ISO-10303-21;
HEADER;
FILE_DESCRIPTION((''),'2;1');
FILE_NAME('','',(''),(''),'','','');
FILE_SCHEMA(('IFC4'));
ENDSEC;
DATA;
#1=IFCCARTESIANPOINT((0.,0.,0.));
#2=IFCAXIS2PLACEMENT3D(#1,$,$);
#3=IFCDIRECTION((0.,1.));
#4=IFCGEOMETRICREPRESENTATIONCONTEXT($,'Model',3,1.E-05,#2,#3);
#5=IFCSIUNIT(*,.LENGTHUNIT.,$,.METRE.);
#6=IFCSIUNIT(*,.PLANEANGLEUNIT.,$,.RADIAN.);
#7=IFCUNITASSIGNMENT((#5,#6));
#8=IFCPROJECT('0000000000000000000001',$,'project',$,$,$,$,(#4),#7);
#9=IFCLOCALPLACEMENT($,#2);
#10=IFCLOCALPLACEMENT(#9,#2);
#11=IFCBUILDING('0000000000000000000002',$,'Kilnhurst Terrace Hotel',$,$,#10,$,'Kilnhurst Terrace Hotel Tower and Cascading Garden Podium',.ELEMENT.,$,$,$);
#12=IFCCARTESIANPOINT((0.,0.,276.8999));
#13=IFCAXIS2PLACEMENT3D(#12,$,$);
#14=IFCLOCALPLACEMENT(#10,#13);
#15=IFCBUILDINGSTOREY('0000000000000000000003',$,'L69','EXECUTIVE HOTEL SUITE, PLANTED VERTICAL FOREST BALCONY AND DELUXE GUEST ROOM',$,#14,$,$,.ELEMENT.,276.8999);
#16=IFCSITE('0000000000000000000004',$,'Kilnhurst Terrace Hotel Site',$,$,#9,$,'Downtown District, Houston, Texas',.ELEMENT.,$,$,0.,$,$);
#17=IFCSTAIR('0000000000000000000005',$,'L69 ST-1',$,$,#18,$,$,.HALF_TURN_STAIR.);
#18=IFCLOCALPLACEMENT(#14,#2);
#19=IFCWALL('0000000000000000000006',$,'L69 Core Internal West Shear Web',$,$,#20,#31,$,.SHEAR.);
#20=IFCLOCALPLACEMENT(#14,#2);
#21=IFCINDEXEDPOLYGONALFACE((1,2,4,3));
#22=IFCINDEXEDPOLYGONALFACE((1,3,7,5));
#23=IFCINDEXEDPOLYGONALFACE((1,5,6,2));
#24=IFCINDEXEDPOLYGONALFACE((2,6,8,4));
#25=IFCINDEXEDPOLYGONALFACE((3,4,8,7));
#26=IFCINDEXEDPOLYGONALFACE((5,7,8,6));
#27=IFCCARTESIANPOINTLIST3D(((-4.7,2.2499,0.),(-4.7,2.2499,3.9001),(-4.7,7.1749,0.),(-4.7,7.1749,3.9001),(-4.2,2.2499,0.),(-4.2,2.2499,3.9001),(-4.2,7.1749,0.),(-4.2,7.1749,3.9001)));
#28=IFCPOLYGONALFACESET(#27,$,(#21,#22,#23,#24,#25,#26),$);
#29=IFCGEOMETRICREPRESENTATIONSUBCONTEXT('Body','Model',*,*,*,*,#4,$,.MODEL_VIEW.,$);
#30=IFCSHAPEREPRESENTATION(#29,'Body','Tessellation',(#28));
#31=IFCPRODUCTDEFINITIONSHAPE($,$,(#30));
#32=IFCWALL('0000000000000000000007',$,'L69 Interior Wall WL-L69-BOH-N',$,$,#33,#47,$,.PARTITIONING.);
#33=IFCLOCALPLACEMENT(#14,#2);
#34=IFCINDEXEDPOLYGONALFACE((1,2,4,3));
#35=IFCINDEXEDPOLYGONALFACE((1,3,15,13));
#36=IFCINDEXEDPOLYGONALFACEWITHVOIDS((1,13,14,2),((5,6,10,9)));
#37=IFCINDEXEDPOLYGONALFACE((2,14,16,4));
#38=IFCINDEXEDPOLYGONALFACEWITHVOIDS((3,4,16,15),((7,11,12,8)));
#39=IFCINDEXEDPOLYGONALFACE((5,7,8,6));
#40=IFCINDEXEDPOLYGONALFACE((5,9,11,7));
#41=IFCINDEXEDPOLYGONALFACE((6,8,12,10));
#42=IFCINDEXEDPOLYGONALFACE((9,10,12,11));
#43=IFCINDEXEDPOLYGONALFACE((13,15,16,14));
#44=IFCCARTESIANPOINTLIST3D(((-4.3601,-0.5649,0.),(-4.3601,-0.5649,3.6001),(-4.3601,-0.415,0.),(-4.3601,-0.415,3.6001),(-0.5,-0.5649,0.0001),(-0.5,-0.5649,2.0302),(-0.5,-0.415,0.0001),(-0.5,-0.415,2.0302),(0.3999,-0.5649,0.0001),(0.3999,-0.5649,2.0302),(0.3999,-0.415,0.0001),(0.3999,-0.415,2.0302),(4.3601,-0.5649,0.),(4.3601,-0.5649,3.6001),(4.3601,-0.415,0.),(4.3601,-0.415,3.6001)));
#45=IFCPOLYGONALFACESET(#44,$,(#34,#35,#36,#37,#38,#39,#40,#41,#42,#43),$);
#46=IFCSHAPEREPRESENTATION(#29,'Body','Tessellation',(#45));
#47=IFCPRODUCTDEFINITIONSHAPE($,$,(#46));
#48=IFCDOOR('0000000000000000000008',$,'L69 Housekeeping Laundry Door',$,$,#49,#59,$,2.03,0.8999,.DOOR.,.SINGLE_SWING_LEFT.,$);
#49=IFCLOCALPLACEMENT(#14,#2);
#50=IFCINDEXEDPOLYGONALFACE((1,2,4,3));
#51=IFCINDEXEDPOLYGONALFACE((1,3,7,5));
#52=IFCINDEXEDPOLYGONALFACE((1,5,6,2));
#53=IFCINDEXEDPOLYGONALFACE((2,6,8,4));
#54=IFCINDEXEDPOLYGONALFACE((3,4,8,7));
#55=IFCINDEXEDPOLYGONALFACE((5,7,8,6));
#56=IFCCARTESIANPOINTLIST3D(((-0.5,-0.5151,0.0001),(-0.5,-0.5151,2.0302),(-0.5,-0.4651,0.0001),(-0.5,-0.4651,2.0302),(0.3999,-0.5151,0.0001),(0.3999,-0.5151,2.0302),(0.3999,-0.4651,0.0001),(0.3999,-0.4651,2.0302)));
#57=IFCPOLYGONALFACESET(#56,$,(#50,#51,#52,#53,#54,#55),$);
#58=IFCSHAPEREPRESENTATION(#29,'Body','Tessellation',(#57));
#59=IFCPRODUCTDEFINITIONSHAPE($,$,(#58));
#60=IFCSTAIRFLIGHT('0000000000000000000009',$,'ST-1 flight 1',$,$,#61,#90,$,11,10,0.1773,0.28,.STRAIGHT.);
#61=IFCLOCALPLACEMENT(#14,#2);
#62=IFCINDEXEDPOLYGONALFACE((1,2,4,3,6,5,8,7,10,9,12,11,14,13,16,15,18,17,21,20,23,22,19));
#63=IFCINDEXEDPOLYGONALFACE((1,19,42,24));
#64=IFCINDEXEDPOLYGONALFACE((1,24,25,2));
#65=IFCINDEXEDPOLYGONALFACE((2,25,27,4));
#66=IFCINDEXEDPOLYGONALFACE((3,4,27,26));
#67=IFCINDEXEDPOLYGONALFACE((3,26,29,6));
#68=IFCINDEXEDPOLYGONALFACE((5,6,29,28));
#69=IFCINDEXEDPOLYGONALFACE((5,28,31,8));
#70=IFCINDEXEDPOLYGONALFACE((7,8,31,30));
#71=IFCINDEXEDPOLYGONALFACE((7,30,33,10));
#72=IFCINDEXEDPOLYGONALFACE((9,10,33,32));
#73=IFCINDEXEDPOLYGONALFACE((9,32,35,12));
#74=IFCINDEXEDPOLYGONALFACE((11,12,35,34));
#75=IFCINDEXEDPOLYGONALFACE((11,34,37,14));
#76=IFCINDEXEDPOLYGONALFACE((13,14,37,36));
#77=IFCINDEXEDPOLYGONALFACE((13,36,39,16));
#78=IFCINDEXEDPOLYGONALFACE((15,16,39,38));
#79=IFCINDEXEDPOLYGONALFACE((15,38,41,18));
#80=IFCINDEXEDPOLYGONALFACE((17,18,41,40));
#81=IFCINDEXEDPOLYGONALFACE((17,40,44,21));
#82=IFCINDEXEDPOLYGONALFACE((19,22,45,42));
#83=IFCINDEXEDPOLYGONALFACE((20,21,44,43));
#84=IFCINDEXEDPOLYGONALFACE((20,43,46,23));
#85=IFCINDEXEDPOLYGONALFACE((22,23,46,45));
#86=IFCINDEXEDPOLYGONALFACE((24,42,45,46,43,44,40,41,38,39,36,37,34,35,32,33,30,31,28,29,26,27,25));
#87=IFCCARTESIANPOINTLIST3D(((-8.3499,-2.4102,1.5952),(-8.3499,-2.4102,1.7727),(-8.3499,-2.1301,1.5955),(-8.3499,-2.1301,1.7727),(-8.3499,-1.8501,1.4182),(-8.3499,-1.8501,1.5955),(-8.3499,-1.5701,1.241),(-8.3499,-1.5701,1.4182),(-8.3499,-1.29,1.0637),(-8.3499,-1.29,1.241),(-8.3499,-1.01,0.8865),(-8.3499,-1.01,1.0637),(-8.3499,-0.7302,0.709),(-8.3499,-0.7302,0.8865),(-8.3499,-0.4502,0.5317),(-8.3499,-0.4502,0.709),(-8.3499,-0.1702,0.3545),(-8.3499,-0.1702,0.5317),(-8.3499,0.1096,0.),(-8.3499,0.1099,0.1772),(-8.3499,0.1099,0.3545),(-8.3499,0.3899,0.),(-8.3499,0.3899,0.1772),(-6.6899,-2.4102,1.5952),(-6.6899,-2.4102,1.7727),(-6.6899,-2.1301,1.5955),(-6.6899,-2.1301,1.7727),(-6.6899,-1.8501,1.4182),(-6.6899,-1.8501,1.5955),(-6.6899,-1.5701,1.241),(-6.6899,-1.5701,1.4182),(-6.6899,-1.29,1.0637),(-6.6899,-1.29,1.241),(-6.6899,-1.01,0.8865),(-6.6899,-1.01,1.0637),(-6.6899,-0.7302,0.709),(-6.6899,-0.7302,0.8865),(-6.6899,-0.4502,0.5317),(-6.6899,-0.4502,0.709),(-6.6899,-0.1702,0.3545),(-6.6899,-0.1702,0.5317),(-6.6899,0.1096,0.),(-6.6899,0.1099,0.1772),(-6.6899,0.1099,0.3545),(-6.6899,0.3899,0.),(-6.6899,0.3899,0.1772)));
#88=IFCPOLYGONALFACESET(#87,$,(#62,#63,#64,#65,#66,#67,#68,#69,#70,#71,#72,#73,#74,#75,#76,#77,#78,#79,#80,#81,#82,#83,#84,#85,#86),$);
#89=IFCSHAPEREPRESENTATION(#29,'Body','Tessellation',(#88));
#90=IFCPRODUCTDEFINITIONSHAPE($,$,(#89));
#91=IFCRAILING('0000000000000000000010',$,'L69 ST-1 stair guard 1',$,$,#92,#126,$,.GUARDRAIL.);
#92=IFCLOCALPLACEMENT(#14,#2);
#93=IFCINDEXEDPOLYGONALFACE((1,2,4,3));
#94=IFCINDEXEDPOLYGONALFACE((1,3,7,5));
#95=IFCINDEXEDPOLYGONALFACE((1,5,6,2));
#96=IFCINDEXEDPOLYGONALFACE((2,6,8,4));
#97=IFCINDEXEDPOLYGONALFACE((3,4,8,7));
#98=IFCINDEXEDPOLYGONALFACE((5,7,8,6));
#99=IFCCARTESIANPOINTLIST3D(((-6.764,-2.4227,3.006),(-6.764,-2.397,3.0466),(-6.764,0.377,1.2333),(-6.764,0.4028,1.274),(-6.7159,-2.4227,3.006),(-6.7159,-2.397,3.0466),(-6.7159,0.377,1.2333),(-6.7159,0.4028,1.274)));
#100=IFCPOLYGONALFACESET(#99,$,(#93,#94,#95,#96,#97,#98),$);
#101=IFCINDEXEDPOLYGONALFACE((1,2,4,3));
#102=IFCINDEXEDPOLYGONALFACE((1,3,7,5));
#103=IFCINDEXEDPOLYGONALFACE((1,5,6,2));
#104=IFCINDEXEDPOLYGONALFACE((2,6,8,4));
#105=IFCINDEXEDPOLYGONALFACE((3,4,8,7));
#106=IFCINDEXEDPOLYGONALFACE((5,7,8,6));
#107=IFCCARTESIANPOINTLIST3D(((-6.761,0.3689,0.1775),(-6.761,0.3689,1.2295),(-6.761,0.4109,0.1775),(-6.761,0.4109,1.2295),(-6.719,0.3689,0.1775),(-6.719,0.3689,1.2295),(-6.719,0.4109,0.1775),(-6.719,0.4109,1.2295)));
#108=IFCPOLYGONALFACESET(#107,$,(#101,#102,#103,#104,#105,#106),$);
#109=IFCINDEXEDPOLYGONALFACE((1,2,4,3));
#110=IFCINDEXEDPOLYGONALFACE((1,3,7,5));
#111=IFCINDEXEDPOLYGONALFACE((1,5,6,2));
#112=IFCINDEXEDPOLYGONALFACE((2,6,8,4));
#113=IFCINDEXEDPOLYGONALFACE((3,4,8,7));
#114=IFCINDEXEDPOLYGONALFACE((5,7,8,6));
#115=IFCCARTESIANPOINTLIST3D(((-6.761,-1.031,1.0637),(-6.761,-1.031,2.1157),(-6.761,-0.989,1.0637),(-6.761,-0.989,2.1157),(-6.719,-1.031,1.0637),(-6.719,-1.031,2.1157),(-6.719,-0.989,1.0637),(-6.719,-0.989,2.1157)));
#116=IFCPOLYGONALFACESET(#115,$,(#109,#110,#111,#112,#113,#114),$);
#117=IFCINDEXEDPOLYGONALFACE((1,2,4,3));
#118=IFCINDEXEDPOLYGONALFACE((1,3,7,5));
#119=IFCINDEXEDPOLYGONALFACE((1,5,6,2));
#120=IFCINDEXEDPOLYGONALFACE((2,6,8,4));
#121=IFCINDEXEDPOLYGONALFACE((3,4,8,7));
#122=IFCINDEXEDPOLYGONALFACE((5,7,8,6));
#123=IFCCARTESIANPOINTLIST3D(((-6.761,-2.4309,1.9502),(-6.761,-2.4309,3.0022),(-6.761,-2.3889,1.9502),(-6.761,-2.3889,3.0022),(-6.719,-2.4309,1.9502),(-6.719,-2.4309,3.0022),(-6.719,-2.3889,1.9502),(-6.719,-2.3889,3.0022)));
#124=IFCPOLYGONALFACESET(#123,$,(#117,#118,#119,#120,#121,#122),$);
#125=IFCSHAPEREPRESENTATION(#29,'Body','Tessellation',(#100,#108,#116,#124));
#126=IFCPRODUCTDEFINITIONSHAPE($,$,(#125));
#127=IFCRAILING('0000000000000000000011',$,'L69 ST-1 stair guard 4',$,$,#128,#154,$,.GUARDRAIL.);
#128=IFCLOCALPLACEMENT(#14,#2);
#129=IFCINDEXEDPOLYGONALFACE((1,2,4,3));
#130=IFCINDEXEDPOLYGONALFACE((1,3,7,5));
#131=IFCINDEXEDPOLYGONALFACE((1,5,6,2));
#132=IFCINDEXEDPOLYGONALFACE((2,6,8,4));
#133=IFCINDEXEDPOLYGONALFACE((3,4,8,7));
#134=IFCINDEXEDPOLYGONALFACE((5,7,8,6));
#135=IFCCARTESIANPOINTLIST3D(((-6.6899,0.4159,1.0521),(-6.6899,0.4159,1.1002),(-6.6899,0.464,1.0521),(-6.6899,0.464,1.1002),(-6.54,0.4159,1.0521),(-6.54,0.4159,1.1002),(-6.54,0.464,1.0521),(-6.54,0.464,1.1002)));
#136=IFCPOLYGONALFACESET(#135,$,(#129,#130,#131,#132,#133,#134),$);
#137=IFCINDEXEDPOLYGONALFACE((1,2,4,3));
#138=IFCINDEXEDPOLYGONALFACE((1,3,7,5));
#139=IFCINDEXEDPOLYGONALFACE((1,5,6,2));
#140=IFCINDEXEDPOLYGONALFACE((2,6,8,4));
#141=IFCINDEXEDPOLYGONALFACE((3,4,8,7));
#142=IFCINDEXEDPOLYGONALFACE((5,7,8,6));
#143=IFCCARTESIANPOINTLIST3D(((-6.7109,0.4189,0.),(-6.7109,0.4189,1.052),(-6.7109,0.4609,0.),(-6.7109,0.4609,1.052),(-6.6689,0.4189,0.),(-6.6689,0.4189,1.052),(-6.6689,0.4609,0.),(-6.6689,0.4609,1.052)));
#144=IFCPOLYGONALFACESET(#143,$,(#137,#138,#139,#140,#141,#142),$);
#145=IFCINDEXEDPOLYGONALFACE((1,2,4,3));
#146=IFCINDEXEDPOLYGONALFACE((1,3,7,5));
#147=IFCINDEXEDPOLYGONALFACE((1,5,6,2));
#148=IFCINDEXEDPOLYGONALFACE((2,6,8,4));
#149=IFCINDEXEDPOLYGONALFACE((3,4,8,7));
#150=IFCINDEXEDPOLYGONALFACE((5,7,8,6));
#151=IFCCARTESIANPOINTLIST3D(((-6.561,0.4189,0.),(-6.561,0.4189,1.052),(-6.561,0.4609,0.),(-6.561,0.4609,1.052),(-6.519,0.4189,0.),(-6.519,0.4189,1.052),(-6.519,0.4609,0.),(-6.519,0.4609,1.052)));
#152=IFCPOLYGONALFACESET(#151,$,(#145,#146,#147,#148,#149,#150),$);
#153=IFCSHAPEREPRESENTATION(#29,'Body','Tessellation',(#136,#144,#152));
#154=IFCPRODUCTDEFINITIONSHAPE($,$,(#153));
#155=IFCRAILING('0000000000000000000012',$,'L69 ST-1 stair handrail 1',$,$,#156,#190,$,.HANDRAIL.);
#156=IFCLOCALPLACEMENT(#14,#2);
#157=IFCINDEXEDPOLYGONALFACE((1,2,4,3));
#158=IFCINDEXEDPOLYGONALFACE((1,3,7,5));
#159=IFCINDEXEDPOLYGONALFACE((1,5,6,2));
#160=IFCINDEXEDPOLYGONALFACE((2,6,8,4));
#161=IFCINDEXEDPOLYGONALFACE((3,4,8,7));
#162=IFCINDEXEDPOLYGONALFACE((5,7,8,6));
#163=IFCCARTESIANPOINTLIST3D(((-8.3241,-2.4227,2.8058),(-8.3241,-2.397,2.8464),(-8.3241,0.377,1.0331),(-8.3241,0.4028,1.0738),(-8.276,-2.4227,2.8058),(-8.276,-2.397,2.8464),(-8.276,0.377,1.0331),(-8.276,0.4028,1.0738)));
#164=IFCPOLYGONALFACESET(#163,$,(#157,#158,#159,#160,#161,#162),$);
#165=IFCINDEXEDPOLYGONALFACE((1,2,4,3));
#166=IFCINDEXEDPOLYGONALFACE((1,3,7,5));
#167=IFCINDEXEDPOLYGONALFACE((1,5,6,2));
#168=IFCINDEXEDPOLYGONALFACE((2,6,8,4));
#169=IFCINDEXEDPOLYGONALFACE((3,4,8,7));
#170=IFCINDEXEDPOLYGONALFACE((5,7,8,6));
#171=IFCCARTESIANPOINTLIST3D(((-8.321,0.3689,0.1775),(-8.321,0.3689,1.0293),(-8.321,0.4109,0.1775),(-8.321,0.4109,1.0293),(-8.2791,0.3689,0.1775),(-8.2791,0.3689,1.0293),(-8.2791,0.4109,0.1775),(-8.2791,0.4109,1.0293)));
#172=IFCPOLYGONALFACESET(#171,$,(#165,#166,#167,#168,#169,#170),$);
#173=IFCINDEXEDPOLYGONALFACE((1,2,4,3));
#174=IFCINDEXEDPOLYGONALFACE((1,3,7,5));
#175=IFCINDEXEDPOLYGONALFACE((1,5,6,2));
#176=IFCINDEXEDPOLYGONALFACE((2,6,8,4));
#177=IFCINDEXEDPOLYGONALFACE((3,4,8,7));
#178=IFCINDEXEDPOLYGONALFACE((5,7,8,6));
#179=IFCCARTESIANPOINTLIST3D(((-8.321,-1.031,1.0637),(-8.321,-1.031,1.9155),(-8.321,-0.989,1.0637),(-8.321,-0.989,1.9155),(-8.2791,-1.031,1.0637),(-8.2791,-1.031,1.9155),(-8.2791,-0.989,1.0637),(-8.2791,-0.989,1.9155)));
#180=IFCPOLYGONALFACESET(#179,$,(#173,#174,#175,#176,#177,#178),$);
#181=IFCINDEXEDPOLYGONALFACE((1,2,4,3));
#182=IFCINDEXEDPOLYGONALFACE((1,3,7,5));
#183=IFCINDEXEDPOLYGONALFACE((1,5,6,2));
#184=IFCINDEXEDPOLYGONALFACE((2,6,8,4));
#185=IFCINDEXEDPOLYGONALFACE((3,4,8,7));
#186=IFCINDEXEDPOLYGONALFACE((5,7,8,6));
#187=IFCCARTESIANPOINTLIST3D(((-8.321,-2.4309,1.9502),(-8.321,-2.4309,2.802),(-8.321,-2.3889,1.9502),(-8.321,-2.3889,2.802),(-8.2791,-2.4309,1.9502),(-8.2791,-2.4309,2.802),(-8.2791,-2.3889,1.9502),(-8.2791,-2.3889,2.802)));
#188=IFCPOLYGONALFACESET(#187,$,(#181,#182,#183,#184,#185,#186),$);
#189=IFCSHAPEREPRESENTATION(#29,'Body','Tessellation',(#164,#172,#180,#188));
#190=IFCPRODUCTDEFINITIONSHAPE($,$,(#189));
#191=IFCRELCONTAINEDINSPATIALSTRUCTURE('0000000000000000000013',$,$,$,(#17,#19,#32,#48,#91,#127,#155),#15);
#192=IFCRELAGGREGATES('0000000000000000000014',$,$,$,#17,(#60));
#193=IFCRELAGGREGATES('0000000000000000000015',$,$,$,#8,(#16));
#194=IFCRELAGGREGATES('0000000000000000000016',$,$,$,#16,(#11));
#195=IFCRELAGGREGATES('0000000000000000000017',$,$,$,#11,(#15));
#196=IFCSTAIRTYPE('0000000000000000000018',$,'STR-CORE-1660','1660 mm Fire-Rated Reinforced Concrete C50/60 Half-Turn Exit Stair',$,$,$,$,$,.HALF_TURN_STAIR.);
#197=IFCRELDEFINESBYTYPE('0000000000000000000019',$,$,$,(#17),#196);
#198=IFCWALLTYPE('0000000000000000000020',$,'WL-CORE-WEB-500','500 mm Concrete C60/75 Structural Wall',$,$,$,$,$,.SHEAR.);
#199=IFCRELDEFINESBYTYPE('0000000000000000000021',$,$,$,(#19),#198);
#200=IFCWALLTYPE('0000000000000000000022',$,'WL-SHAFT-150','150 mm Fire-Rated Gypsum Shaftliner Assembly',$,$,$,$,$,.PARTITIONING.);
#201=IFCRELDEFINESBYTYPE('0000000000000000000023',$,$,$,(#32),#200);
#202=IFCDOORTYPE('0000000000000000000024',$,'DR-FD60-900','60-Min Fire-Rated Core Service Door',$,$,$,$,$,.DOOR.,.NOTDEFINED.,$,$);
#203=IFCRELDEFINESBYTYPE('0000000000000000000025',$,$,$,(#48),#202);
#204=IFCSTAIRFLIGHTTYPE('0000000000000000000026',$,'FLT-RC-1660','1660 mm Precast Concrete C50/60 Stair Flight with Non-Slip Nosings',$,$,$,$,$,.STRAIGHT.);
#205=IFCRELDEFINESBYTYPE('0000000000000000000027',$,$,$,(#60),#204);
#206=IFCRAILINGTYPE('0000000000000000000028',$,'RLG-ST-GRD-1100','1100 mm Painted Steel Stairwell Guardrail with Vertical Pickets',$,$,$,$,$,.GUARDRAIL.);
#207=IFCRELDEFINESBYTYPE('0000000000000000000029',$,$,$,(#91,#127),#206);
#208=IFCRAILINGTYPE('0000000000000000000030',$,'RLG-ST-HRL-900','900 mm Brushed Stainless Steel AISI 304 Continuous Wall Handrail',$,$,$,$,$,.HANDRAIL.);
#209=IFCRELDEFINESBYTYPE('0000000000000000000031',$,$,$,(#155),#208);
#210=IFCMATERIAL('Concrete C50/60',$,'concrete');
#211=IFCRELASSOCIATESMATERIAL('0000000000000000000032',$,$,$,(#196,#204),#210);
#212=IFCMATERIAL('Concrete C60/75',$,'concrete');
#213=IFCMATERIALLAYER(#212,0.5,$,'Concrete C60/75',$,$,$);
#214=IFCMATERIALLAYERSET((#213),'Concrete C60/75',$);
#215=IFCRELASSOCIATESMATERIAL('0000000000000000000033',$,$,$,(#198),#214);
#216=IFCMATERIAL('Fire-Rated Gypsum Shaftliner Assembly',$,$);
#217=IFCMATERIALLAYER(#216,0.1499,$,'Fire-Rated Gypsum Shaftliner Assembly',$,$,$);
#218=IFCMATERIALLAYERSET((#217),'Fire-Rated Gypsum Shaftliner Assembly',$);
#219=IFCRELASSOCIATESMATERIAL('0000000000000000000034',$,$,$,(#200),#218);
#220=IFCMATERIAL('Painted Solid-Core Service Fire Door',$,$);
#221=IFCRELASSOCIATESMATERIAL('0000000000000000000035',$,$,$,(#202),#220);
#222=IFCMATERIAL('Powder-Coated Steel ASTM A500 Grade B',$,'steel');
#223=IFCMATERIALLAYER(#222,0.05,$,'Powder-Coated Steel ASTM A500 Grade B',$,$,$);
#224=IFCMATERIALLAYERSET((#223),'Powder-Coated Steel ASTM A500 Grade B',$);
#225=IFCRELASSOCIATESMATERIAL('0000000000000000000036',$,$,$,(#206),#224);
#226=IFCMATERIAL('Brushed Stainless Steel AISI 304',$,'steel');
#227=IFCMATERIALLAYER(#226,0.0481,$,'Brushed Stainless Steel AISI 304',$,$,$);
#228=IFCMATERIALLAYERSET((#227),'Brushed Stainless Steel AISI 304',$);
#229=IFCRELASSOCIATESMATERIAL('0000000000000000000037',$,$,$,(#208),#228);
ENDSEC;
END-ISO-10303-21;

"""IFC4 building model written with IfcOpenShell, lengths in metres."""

from ifc_helpers import new_model, si_unit, direction, frame, frame_2d, origin, origin_2d, place, context, subcontext, project, spatial, polyline, rectangle, outline, extrude, material, layer, layer_set, type_object, element, fill, aggregate, save


model = new_model("IFC4")

# Units and contexts
model_context = context("Model", 3, precision=1e-05, world=origin(), true_north=direction((0.0, 1.0)))
body_context = subcontext(model_context, "Body", "Model", "MODEL_VIEW")
ifc_project = project(units=[si_unit("LENGTHUNIT", "METRE"), si_unit("PLANEANGLEUNIT", "RADIAN")], contexts=[model_context])

# Site, building, storey
site_placement = place(None, origin())
site = spatial("IfcSite", under=ifc_project, at=site_placement, Name="Kilnhurst Terrace Hotel Site", LongName="Downtown District, Houston, Texas", CompositionType="ELEMENT", RefElevation=0.0)
building_placement = place(site_placement, origin())
building = spatial("IfcBuilding", under=site, at=building_placement, Name="Kilnhurst Terrace Hotel", LongName="Kilnhurst Terrace Hotel Tower and Cascading Garden Podium", CompositionType="ELEMENT")
storey_placement = place(building_placement, frame((0.0, 0.0, 276.8999)))
storey = spatial("IfcBuildingStorey", under=building, at=storey_placement, Name="L69", Description="EXECUTIVE HOTEL SUITE, PLANTED VERTICAL FOREST BALCONY AND DELUXE GUEST ROOM", CompositionType="ELEMENT", Elevation=276.8999)

# Shared definitions
ifc_material_1 = material(Name="Concrete C50/60", Category="concrete")

# Stair
stair_type = type_object("IfcStairType", Name="STR-CORE-1660", Description="1660 mm Fire-Rated Reinforced Concrete C50/60 Half-Turn Exit Stair", PredefinedType="HALF_TURN_STAIR", material=ifc_material_1)
stair_1_placement = place(storey_placement, origin())
stair_1 = element("IfcStair", 1, at=stair_1_placement, inside=storey, type_object=stair_type, Name="L69 ST-1", PredefinedType="HALF_TURN_STAIR")

# Wall
ifc_material_2 = material(Name="Concrete C60/75", Category="concrete")
ifc_layer_1 = layer(ifc_material_2, 0.5, Name="Concrete C60/75")
ifc_layer_set_1 = layer_set([ifc_layer_1], Name="Concrete C60/75")
wall_type_1 = type_object("IfcWallType", Name="WL-CORE-WEB-500", Description="500 mm Concrete C60/75 Structural Wall", PredefinedType="SHEAR", material=ifc_layer_set_1)
wall_1_placement = place(storey_placement, frame((-4.45, 2.25, 0.0), z_axis=(0.0, 0.0, 1.0), x_axis=(0.0, 1.0, 0.0)))
element("IfcWall", 2, at=wall_1_placement, inside=storey, type_object=wall_type_1, Name="L69 Core Internal West Shear Web", PredefinedType="SHEAR", context=body_context, shape_type="SweptSolid", body=[
    extrude(rectangle(XDim=4.925, YDim=0.5, at=frame_2d((2.4624, 0.0))), origin(), (0.0, 0.0, 1.0), 3.9001),
])

# Wall, opening, door
ifc_material_3 = material(Name="Fire-Rated Gypsum Shaftliner Assembly")
ifc_layer_2 = layer(ifc_material_3, 0.1499, Name="Fire-Rated Gypsum Shaftliner Assembly")
ifc_layer_set_2 = layer_set([ifc_layer_2], Name="Fire-Rated Gypsum Shaftliner Assembly")
wall_type_2 = type_object("IfcWallType", Name="WL-SHAFT-150", Description="150 mm Fire-Rated Gypsum Shaftliner Assembly", PredefinedType="PARTITIONING", material=ifc_layer_set_2)
wall_2_placement = place(storey_placement, frame((-4.3601, -0.49, 0.0), z_axis=(0.0, 0.0, 1.0), x_axis=(1.0, 0.0, 0.0)))
wall_2 = element("IfcWall", 3, at=wall_2_placement, inside=storey, type_object=wall_type_2, Name="L69 Interior Wall WL-L69-BOH-N", PredefinedType="PARTITIONING", context=body_context, shape_type="SweptSolid", body=[
    extrude(rectangle(XDim=8.7202, YDim=0.1499, at=frame_2d((4.3601, 0.0))), origin(), (0.0, 0.0, 1.0), 3.6001),
])
opening_1_placement = place(wall_2_placement, frame((3.8601, 0.0, 0.0)))
opening_1 = element("IfcOpeningElement", 4, at=opening_1_placement, cuts=wall_2, PredefinedType="OPENING", context=body_context, shape_type="SweptSolid", body=[
    extrude(rectangle(XDim=0.8999, YDim=2.03, at=frame_2d((0.45, 1.0151))), frame((0.0, 0.085, 0.0), z_axis=(0.0, -1.0, 0.0), x_axis=(1.0, 0.0, 0.0)), (0.0, 0.0, 1.0), 0.1699),
])
ifc_material_4 = material(Name="Painted Solid-Core Service Fire Door")
door_type_1 = type_object("IfcDoorType", Name="DR-FD60-900", Description="60-Min Fire-Rated Core Service Door", OperationType="NOTDEFINED", PredefinedType="DOOR", material=ifc_material_4)
door_1_placement = place(opening_1_placement, origin())
door_1 = element("IfcDoor", 5, at=door_1_placement, inside=storey, type_object=door_type_1, Name="L69 Housekeeping Laundry Door", OperationType="SINGLE_SWING_LEFT", OverallHeight=2.03, OverallWidth=0.8999, PredefinedType="DOOR", context=body_context, shape_type="SweptSolid", body=[
    extrude(rectangle(XDim=0.8999, YDim=2.03, at=frame_2d((0.45, 1.0151))), frame((0.0, 0.0249, 0.0), z_axis=(0.0, -1.0, 0.0), x_axis=(1.0, 0.0, 0.0)), (0.0, 0.0, 1.0), 0.05),
])
fill(opening_1, door_1)

# Stair flight
stair_flight_type = type_object("IfcStairFlightType", Name="FLT-RC-1660", Description="1660 mm Precast Concrete C50/60 Stair Flight with Non-Slip Nosings", PredefinedType="STRAIGHT", material=ifc_material_1)
stair_flight_placement = place(storey_placement, frame((-7.52, 0.3899, 0.0), z_axis=(0.0, 0.0, 1.0), x_axis=(0.0, -1.0, 0.0)))
stair_flight = element("IfcStairFlight", 6, at=stair_flight_placement, type_object=stair_flight_type, Name="ST-1 flight 1", NumberOfRisers=11, NumberOfTreads=10, PredefinedType="STRAIGHT", RiserHeight=0.1773, TreadLength=0.28, context=body_context, shape_type="SweptSolid", body=[
    extrude(outline(polyline([(0.0, 0.0), (0.0, 0.1772), (0.28, 0.1772), (0.28, 0.3545), (0.5601, 0.3545), (0.5601, 0.5317), (0.8401, 0.5317), (0.8401, 0.709), (1.1201, 0.709), (1.1201, 0.8865), (1.3999, 0.8865), (1.3999, 1.0637), (1.6799, 1.0637), (1.6799, 1.241), (1.96, 1.241), (1.96, 1.4182), (2.24, 1.4182), (2.24, 1.5955), (2.52, 1.5955), (2.52, 1.7727), (2.8, 1.7727), (2.8, 1.95), (2.8, 1.5952), (0.2803, 0.0), (0.0, 0.0)])), frame((0.0, 0.8301, 0.0), z_axis=(0.0, -1.0, 0.0), x_axis=(1.0, 0.0, 0.0)), (0.0, 0.0, 1.0), 1.6599),
])
aggregate(stair_1, [stair_flight])

# Railings
ifc_material_5 = material(Name="Powder-Coated Steel ASTM A500 Grade B", Category="steel")
ifc_layer_3 = layer(ifc_material_5, 0.05, Name="Powder-Coated Steel ASTM A500 Grade B")
ifc_layer_set_3 = layer_set([ifc_layer_3], Name="Powder-Coated Steel ASTM A500 Grade B")
railing_type_1 = type_object("IfcRailingType", Name="RLG-ST-GRD-1100", Description="1100 mm Painted Steel Stairwell Guardrail with Vertical Pickets", PredefinedType="GUARDRAIL", material=ifc_layer_set_3)
railing_1_placement = place(storey_placement, frame((-6.74, 0.3899, 0.1775)))
element("IfcRailing", 7, at=railing_1_placement, inside=storey, type_object=railing_type_1, Name="L69 ST-1 stair guard 1", PredefinedType="GUARDRAIL", context=body_context, shape_type="SweptSolid", body=[
    extrude(rectangle(XDim=0.0481, YDim=0.0481, at=origin_2d()), frame((0.0, 0.0, 1.0762), z_axis=(0.0, -0.844888, 0.534943), x_axis=(1.0, 0.0, 0.0)), (0.0, 0.0, 1.0), 3.3137),
    extrude(rectangle(XDim=0.042, YDim=0.042, at=origin_2d()), origin(), (0.0, 0.0, 1.0), 1.052),
    extrude(rectangle(XDim=0.042, YDim=0.042, at=origin_2d()), frame((0.0, -1.3999, 0.8862)), (0.0, 0.0, 1.0), 1.052),
    extrude(rectangle(XDim=0.042, YDim=0.042, at=origin_2d()), frame((0.0, -2.7998, 1.7727)), (0.0, 0.0, 1.0), 1.052),
])
railing_2_placement = place(storey_placement, frame((-6.6899, 0.4399, 0.0)))
element("IfcRailing", 8, at=railing_2_placement, inside=storey, type_object=railing_type_1, Name="L69 ST-1 stair guard 4", PredefinedType="GUARDRAIL", context=body_context, shape_type="SweptSolid", body=[
    extrude(rectangle(XDim=0.0481, YDim=0.0481, at=origin_2d()), frame((0.0, 0.0, 1.0762), z_axis=(1.0, 0.0, 0.0), x_axis=(0.0, 1.0, 0.0)), (0.0, 0.0, 1.0), 0.1499),
    extrude(rectangle(XDim=0.042, YDim=0.042, at=origin_2d()), origin(), (0.0, 0.0, 1.0), 1.052),
    extrude(rectangle(XDim=0.042, YDim=0.042, at=origin_2d()), frame((0.1499, 0.0, 0.0)), (0.0, 0.0, 1.0), 1.052),
])
ifc_material_6 = material(Name="Brushed Stainless Steel AISI 304", Category="steel")
ifc_layer_4 = layer(ifc_material_6, 0.0481, Name="Brushed Stainless Steel AISI 304")
ifc_layer_set_4 = layer_set([ifc_layer_4], Name="Brushed Stainless Steel AISI 304")
railing_type_2 = type_object("IfcRailingType", Name="RLG-ST-HRL-900", Description="900 mm Brushed Stainless Steel AISI 304 Continuous Wall Handrail", PredefinedType="HANDRAIL", material=ifc_layer_set_4)
railing_3_placement = place(storey_placement, frame((-8.3, 0.3899, 0.1775)))
element("IfcRailing", 9, at=railing_3_placement, inside=storey, type_object=railing_type_2, Name="L69 ST-1 stair handrail 1", PredefinedType="HANDRAIL", context=body_context, shape_type="SweptSolid", body=[
    extrude(rectangle(XDim=0.0481, YDim=0.0481, at=origin_2d()), frame((0.0, 0.0, 0.876), z_axis=(0.0, -0.844888, 0.534943), x_axis=(1.0, 0.0, 0.0)), (0.0, 0.0, 1.0), 3.3137),
    extrude(rectangle(XDim=0.042, YDim=0.042, at=origin_2d()), origin(), (0.0, 0.0, 1.0), 0.8518),
    extrude(rectangle(XDim=0.042, YDim=0.042, at=origin_2d()), frame((0.0, -1.3999, 0.8862)), (0.0, 0.0, 1.0), 0.8518),
    extrude(rectangle(XDim=0.042, YDim=0.042, at=origin_2d()), frame((0.0, -2.7998, 1.7727)), (0.0, 0.0, 1.0), 0.8518),
])

save(model, "model.ifc")
